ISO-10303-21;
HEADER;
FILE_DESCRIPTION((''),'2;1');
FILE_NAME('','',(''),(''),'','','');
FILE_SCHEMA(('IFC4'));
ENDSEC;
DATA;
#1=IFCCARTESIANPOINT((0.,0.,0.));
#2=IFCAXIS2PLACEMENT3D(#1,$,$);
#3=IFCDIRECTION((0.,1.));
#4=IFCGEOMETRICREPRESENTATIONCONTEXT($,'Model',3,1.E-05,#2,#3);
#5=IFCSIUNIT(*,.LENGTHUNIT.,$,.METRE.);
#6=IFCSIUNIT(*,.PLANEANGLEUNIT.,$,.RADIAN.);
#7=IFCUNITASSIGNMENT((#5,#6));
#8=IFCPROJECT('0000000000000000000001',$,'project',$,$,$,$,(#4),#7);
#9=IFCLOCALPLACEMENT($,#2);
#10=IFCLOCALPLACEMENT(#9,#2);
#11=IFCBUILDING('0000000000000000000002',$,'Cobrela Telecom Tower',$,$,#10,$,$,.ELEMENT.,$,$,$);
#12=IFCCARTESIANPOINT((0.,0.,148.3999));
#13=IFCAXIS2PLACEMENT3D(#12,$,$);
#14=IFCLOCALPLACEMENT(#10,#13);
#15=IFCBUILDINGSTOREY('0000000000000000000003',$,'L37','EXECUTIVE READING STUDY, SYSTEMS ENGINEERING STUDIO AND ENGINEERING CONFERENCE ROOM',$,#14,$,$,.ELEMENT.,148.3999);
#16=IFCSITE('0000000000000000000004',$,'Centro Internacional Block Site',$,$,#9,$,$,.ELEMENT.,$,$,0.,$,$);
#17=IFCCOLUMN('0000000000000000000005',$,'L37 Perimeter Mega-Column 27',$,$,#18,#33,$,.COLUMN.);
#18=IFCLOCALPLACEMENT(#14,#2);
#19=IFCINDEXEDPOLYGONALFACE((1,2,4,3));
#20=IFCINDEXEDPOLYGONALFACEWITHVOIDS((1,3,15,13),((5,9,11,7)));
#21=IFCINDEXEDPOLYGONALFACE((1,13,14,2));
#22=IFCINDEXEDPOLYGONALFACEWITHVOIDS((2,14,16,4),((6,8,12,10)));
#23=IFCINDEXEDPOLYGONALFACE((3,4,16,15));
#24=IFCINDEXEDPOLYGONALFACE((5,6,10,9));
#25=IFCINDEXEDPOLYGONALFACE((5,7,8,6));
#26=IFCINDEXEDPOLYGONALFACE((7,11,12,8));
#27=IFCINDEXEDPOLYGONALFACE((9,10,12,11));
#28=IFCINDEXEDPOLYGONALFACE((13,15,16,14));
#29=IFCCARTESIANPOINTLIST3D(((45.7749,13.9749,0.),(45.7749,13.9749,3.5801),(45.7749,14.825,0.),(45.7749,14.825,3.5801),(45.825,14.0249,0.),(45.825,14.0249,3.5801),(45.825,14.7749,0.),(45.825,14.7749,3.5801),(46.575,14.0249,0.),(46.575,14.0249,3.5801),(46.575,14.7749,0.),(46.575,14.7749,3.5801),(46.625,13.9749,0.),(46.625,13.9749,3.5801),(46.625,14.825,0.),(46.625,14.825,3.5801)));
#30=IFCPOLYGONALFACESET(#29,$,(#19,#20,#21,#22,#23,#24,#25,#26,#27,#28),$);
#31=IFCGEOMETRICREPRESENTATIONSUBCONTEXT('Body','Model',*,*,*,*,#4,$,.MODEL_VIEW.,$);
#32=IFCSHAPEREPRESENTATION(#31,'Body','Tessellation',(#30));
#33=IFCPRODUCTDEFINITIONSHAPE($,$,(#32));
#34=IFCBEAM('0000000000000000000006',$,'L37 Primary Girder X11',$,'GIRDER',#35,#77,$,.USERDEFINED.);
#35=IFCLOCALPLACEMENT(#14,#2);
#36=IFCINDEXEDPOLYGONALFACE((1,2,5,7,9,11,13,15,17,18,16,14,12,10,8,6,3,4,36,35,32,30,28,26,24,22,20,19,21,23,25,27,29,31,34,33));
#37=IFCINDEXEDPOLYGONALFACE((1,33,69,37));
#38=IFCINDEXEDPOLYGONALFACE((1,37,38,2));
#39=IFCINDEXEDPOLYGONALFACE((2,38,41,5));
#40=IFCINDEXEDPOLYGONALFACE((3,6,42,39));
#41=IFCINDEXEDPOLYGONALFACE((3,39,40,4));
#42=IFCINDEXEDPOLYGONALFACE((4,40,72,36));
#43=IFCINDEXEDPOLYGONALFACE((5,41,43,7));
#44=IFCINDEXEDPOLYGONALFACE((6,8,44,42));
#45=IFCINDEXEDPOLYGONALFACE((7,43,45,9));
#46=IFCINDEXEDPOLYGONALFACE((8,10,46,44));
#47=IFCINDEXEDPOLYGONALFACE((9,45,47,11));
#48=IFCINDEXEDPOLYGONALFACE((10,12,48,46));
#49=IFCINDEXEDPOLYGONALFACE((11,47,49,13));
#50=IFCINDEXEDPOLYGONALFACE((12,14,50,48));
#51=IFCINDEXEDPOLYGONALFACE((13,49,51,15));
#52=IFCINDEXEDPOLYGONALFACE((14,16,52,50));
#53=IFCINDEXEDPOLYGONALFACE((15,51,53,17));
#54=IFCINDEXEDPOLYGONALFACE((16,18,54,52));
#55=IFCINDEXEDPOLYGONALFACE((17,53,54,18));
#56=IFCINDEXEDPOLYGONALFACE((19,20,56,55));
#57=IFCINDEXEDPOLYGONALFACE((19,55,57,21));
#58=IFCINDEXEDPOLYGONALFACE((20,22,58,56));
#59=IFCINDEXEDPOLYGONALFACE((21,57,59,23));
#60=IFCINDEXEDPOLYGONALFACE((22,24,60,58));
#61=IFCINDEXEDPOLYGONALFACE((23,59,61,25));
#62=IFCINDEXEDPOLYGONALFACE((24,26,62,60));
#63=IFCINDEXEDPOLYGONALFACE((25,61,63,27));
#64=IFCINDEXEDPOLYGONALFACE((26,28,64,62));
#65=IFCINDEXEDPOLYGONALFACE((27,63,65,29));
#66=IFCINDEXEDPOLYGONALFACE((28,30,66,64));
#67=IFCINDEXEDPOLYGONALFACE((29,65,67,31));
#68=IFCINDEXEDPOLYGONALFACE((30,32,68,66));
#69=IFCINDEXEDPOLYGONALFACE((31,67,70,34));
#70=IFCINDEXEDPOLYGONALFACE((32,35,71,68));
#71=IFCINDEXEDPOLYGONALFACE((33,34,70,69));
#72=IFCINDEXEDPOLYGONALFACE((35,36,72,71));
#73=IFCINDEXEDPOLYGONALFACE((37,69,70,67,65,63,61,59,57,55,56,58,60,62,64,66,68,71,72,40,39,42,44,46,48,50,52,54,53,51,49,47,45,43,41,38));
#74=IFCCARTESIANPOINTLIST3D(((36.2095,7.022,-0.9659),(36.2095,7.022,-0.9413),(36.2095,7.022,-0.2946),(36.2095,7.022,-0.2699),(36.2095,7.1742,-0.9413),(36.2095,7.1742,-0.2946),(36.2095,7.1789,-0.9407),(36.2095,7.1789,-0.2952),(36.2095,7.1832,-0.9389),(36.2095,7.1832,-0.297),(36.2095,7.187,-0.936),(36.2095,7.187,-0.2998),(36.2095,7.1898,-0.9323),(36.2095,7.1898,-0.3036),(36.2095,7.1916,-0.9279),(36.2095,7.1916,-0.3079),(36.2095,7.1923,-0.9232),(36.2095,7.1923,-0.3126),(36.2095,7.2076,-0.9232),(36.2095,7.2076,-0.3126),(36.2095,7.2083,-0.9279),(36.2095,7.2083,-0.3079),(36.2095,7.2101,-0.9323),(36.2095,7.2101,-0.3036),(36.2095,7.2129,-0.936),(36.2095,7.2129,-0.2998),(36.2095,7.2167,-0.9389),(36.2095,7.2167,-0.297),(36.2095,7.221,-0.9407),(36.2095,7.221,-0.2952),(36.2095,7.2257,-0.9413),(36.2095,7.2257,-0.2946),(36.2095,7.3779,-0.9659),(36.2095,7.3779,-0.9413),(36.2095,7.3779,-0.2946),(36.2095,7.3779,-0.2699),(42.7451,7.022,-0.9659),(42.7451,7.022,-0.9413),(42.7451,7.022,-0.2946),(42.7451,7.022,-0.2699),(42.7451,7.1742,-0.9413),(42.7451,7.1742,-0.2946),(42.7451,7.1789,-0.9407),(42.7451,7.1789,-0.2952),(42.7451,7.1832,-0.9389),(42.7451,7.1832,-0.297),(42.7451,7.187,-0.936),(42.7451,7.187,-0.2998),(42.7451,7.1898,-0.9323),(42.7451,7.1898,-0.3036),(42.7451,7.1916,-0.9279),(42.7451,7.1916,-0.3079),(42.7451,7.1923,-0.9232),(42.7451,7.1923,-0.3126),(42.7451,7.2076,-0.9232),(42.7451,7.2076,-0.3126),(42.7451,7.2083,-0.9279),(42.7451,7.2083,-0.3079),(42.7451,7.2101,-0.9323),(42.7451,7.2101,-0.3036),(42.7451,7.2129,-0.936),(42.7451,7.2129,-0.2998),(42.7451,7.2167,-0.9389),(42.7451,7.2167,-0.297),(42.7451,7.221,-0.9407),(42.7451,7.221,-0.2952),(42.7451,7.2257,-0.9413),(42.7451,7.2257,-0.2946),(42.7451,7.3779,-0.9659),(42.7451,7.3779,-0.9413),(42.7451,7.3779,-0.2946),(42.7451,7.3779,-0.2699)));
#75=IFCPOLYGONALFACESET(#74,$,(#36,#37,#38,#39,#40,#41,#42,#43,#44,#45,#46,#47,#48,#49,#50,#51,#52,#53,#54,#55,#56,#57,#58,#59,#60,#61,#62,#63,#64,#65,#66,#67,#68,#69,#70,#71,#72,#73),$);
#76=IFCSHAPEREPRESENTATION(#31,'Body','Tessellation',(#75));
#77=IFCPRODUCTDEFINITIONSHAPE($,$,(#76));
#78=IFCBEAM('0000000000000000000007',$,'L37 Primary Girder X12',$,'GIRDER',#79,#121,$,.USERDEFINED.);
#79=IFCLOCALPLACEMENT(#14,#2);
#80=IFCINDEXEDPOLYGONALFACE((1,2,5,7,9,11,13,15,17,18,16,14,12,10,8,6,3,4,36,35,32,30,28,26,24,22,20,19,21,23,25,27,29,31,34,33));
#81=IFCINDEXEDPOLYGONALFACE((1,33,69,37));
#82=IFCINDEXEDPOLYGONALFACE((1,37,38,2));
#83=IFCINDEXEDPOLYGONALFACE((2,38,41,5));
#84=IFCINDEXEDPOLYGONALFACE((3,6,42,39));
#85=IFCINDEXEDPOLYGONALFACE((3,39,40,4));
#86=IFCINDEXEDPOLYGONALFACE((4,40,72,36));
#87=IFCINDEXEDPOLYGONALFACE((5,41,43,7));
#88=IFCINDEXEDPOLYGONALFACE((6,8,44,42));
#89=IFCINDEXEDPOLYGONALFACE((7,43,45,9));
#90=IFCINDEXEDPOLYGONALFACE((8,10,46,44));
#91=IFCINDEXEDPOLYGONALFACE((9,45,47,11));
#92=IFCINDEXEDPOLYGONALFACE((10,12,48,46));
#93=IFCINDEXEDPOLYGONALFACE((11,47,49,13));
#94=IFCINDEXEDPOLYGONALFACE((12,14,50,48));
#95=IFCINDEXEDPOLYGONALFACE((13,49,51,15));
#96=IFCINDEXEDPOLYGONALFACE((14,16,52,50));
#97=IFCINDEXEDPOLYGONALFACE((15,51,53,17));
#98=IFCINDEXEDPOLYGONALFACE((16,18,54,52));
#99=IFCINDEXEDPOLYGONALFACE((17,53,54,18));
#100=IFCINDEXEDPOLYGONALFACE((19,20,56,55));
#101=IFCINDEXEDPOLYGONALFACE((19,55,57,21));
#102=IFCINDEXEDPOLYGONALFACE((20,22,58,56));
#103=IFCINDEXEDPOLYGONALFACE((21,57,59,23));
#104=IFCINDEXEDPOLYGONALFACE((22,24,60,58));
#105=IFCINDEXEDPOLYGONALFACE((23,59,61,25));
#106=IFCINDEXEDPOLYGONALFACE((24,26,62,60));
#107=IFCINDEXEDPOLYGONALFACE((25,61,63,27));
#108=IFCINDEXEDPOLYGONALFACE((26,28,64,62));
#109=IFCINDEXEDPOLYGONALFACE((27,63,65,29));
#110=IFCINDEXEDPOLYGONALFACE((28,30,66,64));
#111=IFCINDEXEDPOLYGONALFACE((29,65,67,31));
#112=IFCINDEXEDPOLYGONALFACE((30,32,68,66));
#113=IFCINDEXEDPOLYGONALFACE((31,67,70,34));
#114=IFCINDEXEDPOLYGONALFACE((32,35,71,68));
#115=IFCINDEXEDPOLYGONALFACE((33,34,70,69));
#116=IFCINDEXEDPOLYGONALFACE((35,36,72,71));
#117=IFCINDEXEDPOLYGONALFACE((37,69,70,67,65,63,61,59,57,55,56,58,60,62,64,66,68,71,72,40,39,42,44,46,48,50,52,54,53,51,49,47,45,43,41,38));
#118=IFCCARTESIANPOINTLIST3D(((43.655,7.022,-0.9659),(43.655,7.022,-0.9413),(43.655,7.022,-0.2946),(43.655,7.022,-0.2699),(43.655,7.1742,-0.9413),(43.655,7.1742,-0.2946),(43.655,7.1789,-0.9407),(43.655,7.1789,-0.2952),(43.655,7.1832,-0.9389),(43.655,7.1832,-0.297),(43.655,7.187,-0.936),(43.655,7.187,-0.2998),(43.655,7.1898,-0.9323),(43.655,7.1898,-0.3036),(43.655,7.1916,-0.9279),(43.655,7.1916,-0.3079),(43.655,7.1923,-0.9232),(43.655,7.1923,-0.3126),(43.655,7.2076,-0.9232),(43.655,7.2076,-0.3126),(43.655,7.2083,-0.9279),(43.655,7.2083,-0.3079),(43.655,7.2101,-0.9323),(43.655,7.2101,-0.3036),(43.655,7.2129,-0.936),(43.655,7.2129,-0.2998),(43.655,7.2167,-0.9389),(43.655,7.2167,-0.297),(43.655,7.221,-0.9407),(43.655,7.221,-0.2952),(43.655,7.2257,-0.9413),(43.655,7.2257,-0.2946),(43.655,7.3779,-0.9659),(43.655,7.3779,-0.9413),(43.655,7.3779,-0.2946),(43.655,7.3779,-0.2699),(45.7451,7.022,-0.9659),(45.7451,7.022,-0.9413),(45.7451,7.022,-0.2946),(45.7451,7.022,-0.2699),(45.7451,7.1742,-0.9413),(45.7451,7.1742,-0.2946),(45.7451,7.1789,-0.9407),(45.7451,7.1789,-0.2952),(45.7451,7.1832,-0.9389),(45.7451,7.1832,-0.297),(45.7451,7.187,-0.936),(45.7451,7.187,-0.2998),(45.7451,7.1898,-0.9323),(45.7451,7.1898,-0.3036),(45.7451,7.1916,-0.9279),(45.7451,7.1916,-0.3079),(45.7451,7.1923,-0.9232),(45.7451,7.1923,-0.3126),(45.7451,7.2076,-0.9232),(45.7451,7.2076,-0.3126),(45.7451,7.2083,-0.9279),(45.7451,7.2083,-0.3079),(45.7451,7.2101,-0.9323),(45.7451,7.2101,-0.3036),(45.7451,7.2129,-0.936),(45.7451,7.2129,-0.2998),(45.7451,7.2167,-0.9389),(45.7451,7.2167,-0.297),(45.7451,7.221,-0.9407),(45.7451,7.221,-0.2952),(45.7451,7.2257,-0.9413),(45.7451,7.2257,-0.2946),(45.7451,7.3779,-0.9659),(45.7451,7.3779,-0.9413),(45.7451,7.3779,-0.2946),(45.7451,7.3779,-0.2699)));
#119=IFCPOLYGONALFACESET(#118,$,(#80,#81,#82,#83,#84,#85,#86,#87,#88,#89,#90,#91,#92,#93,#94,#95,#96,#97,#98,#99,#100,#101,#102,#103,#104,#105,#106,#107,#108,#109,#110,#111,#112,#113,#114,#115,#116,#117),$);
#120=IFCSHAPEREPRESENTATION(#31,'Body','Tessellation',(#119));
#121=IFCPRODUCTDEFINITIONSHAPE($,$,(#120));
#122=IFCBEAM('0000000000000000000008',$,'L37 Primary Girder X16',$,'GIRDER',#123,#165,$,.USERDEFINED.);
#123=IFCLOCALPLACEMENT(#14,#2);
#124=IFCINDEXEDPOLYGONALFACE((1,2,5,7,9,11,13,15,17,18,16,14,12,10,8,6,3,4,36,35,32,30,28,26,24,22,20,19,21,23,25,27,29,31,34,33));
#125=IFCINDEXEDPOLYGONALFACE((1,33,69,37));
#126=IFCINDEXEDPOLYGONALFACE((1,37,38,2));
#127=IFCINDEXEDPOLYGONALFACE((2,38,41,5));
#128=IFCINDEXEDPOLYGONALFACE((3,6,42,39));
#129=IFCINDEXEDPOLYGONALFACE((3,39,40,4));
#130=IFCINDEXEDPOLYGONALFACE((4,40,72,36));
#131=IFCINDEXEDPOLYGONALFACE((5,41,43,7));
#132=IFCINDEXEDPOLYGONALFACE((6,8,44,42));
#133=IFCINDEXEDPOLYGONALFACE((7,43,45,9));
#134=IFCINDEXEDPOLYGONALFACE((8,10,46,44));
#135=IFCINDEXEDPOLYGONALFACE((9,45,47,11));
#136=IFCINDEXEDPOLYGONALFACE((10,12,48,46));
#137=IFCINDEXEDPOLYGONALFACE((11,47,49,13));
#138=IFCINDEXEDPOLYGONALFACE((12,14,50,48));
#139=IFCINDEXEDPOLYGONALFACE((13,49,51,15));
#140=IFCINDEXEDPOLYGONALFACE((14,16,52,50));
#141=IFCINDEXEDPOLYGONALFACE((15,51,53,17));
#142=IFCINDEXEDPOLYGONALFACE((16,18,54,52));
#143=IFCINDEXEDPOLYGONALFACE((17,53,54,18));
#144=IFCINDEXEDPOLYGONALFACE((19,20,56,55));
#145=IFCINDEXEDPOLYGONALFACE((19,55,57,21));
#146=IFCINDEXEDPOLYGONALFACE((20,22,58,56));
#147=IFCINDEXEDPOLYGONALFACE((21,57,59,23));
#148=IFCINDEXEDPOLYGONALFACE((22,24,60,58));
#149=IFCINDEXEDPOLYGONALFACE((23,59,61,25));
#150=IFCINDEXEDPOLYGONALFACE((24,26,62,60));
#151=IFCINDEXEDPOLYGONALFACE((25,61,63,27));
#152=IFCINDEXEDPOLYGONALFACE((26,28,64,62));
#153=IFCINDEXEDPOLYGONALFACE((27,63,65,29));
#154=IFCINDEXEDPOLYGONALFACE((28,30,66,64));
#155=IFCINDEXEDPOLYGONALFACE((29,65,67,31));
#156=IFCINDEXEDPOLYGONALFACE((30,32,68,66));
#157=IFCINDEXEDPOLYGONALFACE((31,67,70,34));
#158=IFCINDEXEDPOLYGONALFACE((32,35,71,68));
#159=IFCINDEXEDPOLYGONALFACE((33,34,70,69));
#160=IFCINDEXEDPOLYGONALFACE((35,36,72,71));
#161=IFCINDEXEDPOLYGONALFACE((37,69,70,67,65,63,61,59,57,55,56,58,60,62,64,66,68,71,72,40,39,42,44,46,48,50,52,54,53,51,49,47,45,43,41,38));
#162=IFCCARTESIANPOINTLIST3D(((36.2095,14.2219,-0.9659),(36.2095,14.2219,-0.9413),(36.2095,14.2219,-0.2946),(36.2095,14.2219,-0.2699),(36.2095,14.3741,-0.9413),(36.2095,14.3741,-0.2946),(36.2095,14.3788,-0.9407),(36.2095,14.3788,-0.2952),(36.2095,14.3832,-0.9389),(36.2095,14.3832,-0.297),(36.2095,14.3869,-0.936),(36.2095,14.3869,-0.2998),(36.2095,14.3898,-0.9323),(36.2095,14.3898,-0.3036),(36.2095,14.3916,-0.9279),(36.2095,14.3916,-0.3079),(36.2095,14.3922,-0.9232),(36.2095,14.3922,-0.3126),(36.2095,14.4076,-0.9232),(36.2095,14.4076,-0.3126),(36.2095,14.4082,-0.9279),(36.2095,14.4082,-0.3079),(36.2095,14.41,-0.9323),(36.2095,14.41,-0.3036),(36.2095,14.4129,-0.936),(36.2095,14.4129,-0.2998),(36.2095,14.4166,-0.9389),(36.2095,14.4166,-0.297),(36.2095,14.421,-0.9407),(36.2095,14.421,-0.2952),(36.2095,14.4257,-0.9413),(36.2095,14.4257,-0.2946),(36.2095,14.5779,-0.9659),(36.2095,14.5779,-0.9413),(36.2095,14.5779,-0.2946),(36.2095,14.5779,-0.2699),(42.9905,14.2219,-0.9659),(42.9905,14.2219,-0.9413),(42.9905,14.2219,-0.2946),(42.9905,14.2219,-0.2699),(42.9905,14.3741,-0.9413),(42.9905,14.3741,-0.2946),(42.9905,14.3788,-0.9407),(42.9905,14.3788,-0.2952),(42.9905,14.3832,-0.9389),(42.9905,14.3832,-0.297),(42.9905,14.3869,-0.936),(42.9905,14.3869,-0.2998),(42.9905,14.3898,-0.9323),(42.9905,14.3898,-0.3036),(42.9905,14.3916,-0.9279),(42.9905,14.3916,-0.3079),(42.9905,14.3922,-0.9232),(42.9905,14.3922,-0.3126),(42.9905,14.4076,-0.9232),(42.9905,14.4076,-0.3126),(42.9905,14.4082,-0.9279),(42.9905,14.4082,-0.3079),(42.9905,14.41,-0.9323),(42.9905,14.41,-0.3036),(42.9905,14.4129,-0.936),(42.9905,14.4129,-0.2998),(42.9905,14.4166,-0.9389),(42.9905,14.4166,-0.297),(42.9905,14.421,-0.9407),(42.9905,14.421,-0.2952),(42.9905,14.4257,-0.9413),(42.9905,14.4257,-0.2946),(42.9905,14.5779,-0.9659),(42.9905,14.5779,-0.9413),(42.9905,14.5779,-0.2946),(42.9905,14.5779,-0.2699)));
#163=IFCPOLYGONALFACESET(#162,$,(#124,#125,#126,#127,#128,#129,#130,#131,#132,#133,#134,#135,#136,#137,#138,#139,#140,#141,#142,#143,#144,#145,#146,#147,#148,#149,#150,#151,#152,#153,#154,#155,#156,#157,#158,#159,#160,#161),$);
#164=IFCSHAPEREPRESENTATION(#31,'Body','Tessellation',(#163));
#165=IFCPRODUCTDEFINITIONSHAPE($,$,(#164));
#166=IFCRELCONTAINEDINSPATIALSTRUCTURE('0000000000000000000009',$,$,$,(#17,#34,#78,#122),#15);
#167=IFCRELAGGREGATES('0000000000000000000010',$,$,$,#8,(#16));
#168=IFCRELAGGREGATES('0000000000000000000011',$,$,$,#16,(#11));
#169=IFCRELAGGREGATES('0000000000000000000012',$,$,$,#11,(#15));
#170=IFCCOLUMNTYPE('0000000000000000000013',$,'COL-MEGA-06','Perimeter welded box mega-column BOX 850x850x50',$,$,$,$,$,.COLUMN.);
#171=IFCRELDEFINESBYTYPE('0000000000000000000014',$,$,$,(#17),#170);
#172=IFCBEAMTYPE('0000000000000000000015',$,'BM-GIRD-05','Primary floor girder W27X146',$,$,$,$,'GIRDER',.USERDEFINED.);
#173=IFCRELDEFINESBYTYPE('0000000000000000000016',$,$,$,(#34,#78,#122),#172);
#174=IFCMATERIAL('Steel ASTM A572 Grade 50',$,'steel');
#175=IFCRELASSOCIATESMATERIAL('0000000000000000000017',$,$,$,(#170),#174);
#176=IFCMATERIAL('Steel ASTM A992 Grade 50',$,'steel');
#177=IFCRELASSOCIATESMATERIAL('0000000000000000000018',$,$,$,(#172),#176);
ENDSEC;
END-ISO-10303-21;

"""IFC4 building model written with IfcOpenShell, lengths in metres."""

from ifc_helpers import new_model, si_unit, direction, frame, origin, origin_2d, place, context, subcontext, project, spatial, hollow_rectangle, i_section, extrude, material, material_profile, profile_set, type_object, element, save


model = new_model("IFC4")

# Units and contexts
model_context = context("Model", 3, precision=1e-05, world=origin(), true_north=direction((0.0, 1.0)))
body_context = subcontext(model_context, "Body", "Model", "MODEL_VIEW")
ifc_project = project(units=[si_unit("LENGTHUNIT", "METRE"), si_unit("PLANEANGLEUNIT", "RADIAN")], contexts=[model_context])

# Site, building, storey
site_placement = place(None, origin())
site = spatial("IfcSite", under=ifc_project, at=site_placement, Name="Centro Internacional Block Site", CompositionType="ELEMENT", RefElevation=0.0)
building_placement = place(site_placement, origin())
building = spatial("IfcBuilding", under=site, at=building_placement, Name="Cobrela Telecom Tower", CompositionType="ELEMENT")
storey_placement = place(building_placement, frame((0.0, 0.0, 148.3999)))
storey = spatial("IfcBuildingStorey", under=building, at=storey_placement, Name="L37", Description="EXECUTIVE READING STUDY, SYSTEMS ENGINEERING STUDIO AND ENGINEERING CONFERENCE ROOM", CompositionType="ELEMENT", Elevation=148.3999)

# Column
ifc_material_1 = material(Name="Steel ASTM A992 Grade 50", Category="steel")
ifc_material_2 = material(Name="Steel ASTM A572 Grade 50", Category="steel")
ifc_material_profile_1 = material_profile(ifc_material_2, hollow_rectangle(XDim=0.8501, YDim=0.8501, WallThickness=0.05, at=origin_2d()), Name="BOX 850x850x50")
ifc_profile_set_1 = profile_set([ifc_material_profile_1], Name="Steel ASTM A572 Grade 50")
column_type_1 = type_object("IfcColumnType", Name="COL-MEGA-06", Description="Perimeter welded box mega-column BOX 850x850x50", PredefinedType="COLUMN", material=ifc_profile_set_1)
for number, where, z_axis, x_axis, name in (
    (1, (46.2, 14.3999, 0.0), (0.0, 0.0, 1.0), (1.0, 0.0, 0.0), "L37 Perimeter Mega-Column 27"),
):
    element("IfcColumn", number, at=place(storey_placement, frame(where, z_axis=z_axis, x_axis=x_axis)), inside=storey, type_object=column_type_1, Name=name, PredefinedType="COLUMN", context=body_context, shape_type="SweptSolid", body=[
        extrude(hollow_rectangle(XDim=0.8501, YDim=0.8501, WallThickness=0.05, at=origin_2d()), origin(), (0.0, 0.0, 1.0), 3.5801),
    ])

# Beams
ifc_material_profile_2 = material_profile(ifc_material_1, i_section(OverallWidth=0.356, OverallDepth=0.696, WebThickness=0.0154, FlangeThickness=0.0247, FilletRadius=0.0181, at=origin_2d()), Name="W27X146")
ifc_profile_set_2 = profile_set([ifc_material_profile_2], Name="Steel ASTM A992 Grade 50")
beam_type_1 = type_object("IfcBeamType", Name="BM-GIRD-05", Description="Primary floor girder W27X146", ElementType="GIRDER", PredefinedType="USERDEFINED", material=ifc_profile_set_2)
beam_1_placement = place(storey_placement, frame((36.2095, 7.2, -0.6179), z_axis=(1.0, 0.0, 0.0), x_axis=(0.0, 1.0, 0.0)))
element("IfcBeam", 2, at=beam_1_placement, inside=storey, type_object=beam_type_1, Name="L37 Primary Girder X11", ObjectType="GIRDER", PredefinedType="USERDEFINED", context=body_context, shape_type="SweptSolid", body=[
    extrude(i_section(OverallWidth=0.356, OverallDepth=0.696, WebThickness=0.0154, FlangeThickness=0.0247, FilletRadius=0.0181, at=origin_2d()), origin(), (0.0, 0.0, 1.0), 6.5356),
])
beam_2_placement = place(storey_placement, frame((43.655, 7.2, -0.6179), z_axis=(1.0, 0.0, 0.0), x_axis=(0.0, 1.0, 0.0)))
element("IfcBeam", 3, at=beam_2_placement, inside=storey, type_object=beam_type_1, Name="L37 Primary Girder X12", ObjectType="GIRDER", PredefinedType="USERDEFINED", context=body_context, shape_type="SweptSolid", body=[
    extrude(i_section(OverallWidth=0.356, OverallDepth=0.696, WebThickness=0.0154, FlangeThickness=0.0247, FilletRadius=0.0181, at=origin_2d()), origin(), (0.0, 0.0, 1.0), 2.0901),
])
beam_3_placement = place(storey_placement, frame((36.2095, 14.3999, -0.6179), z_axis=(1.0, 0.0, 0.0), x_axis=(0.0, 1.0, 0.0)))
element("IfcBeam", 4, at=beam_3_placement, inside=storey, type_object=beam_type_1, Name="L37 Primary Girder X16", ObjectType="GIRDER", PredefinedType="USERDEFINED", context=body_context, shape_type="SweptSolid", body=[
    extrude(i_section(OverallWidth=0.356, OverallDepth=0.696, WebThickness=0.0154, FlangeThickness=0.0247, FilletRadius=0.0181, at=origin_2d()), origin(), (0.0, 0.0, 1.0), 6.781),
])

save(model, "model.ifc")
